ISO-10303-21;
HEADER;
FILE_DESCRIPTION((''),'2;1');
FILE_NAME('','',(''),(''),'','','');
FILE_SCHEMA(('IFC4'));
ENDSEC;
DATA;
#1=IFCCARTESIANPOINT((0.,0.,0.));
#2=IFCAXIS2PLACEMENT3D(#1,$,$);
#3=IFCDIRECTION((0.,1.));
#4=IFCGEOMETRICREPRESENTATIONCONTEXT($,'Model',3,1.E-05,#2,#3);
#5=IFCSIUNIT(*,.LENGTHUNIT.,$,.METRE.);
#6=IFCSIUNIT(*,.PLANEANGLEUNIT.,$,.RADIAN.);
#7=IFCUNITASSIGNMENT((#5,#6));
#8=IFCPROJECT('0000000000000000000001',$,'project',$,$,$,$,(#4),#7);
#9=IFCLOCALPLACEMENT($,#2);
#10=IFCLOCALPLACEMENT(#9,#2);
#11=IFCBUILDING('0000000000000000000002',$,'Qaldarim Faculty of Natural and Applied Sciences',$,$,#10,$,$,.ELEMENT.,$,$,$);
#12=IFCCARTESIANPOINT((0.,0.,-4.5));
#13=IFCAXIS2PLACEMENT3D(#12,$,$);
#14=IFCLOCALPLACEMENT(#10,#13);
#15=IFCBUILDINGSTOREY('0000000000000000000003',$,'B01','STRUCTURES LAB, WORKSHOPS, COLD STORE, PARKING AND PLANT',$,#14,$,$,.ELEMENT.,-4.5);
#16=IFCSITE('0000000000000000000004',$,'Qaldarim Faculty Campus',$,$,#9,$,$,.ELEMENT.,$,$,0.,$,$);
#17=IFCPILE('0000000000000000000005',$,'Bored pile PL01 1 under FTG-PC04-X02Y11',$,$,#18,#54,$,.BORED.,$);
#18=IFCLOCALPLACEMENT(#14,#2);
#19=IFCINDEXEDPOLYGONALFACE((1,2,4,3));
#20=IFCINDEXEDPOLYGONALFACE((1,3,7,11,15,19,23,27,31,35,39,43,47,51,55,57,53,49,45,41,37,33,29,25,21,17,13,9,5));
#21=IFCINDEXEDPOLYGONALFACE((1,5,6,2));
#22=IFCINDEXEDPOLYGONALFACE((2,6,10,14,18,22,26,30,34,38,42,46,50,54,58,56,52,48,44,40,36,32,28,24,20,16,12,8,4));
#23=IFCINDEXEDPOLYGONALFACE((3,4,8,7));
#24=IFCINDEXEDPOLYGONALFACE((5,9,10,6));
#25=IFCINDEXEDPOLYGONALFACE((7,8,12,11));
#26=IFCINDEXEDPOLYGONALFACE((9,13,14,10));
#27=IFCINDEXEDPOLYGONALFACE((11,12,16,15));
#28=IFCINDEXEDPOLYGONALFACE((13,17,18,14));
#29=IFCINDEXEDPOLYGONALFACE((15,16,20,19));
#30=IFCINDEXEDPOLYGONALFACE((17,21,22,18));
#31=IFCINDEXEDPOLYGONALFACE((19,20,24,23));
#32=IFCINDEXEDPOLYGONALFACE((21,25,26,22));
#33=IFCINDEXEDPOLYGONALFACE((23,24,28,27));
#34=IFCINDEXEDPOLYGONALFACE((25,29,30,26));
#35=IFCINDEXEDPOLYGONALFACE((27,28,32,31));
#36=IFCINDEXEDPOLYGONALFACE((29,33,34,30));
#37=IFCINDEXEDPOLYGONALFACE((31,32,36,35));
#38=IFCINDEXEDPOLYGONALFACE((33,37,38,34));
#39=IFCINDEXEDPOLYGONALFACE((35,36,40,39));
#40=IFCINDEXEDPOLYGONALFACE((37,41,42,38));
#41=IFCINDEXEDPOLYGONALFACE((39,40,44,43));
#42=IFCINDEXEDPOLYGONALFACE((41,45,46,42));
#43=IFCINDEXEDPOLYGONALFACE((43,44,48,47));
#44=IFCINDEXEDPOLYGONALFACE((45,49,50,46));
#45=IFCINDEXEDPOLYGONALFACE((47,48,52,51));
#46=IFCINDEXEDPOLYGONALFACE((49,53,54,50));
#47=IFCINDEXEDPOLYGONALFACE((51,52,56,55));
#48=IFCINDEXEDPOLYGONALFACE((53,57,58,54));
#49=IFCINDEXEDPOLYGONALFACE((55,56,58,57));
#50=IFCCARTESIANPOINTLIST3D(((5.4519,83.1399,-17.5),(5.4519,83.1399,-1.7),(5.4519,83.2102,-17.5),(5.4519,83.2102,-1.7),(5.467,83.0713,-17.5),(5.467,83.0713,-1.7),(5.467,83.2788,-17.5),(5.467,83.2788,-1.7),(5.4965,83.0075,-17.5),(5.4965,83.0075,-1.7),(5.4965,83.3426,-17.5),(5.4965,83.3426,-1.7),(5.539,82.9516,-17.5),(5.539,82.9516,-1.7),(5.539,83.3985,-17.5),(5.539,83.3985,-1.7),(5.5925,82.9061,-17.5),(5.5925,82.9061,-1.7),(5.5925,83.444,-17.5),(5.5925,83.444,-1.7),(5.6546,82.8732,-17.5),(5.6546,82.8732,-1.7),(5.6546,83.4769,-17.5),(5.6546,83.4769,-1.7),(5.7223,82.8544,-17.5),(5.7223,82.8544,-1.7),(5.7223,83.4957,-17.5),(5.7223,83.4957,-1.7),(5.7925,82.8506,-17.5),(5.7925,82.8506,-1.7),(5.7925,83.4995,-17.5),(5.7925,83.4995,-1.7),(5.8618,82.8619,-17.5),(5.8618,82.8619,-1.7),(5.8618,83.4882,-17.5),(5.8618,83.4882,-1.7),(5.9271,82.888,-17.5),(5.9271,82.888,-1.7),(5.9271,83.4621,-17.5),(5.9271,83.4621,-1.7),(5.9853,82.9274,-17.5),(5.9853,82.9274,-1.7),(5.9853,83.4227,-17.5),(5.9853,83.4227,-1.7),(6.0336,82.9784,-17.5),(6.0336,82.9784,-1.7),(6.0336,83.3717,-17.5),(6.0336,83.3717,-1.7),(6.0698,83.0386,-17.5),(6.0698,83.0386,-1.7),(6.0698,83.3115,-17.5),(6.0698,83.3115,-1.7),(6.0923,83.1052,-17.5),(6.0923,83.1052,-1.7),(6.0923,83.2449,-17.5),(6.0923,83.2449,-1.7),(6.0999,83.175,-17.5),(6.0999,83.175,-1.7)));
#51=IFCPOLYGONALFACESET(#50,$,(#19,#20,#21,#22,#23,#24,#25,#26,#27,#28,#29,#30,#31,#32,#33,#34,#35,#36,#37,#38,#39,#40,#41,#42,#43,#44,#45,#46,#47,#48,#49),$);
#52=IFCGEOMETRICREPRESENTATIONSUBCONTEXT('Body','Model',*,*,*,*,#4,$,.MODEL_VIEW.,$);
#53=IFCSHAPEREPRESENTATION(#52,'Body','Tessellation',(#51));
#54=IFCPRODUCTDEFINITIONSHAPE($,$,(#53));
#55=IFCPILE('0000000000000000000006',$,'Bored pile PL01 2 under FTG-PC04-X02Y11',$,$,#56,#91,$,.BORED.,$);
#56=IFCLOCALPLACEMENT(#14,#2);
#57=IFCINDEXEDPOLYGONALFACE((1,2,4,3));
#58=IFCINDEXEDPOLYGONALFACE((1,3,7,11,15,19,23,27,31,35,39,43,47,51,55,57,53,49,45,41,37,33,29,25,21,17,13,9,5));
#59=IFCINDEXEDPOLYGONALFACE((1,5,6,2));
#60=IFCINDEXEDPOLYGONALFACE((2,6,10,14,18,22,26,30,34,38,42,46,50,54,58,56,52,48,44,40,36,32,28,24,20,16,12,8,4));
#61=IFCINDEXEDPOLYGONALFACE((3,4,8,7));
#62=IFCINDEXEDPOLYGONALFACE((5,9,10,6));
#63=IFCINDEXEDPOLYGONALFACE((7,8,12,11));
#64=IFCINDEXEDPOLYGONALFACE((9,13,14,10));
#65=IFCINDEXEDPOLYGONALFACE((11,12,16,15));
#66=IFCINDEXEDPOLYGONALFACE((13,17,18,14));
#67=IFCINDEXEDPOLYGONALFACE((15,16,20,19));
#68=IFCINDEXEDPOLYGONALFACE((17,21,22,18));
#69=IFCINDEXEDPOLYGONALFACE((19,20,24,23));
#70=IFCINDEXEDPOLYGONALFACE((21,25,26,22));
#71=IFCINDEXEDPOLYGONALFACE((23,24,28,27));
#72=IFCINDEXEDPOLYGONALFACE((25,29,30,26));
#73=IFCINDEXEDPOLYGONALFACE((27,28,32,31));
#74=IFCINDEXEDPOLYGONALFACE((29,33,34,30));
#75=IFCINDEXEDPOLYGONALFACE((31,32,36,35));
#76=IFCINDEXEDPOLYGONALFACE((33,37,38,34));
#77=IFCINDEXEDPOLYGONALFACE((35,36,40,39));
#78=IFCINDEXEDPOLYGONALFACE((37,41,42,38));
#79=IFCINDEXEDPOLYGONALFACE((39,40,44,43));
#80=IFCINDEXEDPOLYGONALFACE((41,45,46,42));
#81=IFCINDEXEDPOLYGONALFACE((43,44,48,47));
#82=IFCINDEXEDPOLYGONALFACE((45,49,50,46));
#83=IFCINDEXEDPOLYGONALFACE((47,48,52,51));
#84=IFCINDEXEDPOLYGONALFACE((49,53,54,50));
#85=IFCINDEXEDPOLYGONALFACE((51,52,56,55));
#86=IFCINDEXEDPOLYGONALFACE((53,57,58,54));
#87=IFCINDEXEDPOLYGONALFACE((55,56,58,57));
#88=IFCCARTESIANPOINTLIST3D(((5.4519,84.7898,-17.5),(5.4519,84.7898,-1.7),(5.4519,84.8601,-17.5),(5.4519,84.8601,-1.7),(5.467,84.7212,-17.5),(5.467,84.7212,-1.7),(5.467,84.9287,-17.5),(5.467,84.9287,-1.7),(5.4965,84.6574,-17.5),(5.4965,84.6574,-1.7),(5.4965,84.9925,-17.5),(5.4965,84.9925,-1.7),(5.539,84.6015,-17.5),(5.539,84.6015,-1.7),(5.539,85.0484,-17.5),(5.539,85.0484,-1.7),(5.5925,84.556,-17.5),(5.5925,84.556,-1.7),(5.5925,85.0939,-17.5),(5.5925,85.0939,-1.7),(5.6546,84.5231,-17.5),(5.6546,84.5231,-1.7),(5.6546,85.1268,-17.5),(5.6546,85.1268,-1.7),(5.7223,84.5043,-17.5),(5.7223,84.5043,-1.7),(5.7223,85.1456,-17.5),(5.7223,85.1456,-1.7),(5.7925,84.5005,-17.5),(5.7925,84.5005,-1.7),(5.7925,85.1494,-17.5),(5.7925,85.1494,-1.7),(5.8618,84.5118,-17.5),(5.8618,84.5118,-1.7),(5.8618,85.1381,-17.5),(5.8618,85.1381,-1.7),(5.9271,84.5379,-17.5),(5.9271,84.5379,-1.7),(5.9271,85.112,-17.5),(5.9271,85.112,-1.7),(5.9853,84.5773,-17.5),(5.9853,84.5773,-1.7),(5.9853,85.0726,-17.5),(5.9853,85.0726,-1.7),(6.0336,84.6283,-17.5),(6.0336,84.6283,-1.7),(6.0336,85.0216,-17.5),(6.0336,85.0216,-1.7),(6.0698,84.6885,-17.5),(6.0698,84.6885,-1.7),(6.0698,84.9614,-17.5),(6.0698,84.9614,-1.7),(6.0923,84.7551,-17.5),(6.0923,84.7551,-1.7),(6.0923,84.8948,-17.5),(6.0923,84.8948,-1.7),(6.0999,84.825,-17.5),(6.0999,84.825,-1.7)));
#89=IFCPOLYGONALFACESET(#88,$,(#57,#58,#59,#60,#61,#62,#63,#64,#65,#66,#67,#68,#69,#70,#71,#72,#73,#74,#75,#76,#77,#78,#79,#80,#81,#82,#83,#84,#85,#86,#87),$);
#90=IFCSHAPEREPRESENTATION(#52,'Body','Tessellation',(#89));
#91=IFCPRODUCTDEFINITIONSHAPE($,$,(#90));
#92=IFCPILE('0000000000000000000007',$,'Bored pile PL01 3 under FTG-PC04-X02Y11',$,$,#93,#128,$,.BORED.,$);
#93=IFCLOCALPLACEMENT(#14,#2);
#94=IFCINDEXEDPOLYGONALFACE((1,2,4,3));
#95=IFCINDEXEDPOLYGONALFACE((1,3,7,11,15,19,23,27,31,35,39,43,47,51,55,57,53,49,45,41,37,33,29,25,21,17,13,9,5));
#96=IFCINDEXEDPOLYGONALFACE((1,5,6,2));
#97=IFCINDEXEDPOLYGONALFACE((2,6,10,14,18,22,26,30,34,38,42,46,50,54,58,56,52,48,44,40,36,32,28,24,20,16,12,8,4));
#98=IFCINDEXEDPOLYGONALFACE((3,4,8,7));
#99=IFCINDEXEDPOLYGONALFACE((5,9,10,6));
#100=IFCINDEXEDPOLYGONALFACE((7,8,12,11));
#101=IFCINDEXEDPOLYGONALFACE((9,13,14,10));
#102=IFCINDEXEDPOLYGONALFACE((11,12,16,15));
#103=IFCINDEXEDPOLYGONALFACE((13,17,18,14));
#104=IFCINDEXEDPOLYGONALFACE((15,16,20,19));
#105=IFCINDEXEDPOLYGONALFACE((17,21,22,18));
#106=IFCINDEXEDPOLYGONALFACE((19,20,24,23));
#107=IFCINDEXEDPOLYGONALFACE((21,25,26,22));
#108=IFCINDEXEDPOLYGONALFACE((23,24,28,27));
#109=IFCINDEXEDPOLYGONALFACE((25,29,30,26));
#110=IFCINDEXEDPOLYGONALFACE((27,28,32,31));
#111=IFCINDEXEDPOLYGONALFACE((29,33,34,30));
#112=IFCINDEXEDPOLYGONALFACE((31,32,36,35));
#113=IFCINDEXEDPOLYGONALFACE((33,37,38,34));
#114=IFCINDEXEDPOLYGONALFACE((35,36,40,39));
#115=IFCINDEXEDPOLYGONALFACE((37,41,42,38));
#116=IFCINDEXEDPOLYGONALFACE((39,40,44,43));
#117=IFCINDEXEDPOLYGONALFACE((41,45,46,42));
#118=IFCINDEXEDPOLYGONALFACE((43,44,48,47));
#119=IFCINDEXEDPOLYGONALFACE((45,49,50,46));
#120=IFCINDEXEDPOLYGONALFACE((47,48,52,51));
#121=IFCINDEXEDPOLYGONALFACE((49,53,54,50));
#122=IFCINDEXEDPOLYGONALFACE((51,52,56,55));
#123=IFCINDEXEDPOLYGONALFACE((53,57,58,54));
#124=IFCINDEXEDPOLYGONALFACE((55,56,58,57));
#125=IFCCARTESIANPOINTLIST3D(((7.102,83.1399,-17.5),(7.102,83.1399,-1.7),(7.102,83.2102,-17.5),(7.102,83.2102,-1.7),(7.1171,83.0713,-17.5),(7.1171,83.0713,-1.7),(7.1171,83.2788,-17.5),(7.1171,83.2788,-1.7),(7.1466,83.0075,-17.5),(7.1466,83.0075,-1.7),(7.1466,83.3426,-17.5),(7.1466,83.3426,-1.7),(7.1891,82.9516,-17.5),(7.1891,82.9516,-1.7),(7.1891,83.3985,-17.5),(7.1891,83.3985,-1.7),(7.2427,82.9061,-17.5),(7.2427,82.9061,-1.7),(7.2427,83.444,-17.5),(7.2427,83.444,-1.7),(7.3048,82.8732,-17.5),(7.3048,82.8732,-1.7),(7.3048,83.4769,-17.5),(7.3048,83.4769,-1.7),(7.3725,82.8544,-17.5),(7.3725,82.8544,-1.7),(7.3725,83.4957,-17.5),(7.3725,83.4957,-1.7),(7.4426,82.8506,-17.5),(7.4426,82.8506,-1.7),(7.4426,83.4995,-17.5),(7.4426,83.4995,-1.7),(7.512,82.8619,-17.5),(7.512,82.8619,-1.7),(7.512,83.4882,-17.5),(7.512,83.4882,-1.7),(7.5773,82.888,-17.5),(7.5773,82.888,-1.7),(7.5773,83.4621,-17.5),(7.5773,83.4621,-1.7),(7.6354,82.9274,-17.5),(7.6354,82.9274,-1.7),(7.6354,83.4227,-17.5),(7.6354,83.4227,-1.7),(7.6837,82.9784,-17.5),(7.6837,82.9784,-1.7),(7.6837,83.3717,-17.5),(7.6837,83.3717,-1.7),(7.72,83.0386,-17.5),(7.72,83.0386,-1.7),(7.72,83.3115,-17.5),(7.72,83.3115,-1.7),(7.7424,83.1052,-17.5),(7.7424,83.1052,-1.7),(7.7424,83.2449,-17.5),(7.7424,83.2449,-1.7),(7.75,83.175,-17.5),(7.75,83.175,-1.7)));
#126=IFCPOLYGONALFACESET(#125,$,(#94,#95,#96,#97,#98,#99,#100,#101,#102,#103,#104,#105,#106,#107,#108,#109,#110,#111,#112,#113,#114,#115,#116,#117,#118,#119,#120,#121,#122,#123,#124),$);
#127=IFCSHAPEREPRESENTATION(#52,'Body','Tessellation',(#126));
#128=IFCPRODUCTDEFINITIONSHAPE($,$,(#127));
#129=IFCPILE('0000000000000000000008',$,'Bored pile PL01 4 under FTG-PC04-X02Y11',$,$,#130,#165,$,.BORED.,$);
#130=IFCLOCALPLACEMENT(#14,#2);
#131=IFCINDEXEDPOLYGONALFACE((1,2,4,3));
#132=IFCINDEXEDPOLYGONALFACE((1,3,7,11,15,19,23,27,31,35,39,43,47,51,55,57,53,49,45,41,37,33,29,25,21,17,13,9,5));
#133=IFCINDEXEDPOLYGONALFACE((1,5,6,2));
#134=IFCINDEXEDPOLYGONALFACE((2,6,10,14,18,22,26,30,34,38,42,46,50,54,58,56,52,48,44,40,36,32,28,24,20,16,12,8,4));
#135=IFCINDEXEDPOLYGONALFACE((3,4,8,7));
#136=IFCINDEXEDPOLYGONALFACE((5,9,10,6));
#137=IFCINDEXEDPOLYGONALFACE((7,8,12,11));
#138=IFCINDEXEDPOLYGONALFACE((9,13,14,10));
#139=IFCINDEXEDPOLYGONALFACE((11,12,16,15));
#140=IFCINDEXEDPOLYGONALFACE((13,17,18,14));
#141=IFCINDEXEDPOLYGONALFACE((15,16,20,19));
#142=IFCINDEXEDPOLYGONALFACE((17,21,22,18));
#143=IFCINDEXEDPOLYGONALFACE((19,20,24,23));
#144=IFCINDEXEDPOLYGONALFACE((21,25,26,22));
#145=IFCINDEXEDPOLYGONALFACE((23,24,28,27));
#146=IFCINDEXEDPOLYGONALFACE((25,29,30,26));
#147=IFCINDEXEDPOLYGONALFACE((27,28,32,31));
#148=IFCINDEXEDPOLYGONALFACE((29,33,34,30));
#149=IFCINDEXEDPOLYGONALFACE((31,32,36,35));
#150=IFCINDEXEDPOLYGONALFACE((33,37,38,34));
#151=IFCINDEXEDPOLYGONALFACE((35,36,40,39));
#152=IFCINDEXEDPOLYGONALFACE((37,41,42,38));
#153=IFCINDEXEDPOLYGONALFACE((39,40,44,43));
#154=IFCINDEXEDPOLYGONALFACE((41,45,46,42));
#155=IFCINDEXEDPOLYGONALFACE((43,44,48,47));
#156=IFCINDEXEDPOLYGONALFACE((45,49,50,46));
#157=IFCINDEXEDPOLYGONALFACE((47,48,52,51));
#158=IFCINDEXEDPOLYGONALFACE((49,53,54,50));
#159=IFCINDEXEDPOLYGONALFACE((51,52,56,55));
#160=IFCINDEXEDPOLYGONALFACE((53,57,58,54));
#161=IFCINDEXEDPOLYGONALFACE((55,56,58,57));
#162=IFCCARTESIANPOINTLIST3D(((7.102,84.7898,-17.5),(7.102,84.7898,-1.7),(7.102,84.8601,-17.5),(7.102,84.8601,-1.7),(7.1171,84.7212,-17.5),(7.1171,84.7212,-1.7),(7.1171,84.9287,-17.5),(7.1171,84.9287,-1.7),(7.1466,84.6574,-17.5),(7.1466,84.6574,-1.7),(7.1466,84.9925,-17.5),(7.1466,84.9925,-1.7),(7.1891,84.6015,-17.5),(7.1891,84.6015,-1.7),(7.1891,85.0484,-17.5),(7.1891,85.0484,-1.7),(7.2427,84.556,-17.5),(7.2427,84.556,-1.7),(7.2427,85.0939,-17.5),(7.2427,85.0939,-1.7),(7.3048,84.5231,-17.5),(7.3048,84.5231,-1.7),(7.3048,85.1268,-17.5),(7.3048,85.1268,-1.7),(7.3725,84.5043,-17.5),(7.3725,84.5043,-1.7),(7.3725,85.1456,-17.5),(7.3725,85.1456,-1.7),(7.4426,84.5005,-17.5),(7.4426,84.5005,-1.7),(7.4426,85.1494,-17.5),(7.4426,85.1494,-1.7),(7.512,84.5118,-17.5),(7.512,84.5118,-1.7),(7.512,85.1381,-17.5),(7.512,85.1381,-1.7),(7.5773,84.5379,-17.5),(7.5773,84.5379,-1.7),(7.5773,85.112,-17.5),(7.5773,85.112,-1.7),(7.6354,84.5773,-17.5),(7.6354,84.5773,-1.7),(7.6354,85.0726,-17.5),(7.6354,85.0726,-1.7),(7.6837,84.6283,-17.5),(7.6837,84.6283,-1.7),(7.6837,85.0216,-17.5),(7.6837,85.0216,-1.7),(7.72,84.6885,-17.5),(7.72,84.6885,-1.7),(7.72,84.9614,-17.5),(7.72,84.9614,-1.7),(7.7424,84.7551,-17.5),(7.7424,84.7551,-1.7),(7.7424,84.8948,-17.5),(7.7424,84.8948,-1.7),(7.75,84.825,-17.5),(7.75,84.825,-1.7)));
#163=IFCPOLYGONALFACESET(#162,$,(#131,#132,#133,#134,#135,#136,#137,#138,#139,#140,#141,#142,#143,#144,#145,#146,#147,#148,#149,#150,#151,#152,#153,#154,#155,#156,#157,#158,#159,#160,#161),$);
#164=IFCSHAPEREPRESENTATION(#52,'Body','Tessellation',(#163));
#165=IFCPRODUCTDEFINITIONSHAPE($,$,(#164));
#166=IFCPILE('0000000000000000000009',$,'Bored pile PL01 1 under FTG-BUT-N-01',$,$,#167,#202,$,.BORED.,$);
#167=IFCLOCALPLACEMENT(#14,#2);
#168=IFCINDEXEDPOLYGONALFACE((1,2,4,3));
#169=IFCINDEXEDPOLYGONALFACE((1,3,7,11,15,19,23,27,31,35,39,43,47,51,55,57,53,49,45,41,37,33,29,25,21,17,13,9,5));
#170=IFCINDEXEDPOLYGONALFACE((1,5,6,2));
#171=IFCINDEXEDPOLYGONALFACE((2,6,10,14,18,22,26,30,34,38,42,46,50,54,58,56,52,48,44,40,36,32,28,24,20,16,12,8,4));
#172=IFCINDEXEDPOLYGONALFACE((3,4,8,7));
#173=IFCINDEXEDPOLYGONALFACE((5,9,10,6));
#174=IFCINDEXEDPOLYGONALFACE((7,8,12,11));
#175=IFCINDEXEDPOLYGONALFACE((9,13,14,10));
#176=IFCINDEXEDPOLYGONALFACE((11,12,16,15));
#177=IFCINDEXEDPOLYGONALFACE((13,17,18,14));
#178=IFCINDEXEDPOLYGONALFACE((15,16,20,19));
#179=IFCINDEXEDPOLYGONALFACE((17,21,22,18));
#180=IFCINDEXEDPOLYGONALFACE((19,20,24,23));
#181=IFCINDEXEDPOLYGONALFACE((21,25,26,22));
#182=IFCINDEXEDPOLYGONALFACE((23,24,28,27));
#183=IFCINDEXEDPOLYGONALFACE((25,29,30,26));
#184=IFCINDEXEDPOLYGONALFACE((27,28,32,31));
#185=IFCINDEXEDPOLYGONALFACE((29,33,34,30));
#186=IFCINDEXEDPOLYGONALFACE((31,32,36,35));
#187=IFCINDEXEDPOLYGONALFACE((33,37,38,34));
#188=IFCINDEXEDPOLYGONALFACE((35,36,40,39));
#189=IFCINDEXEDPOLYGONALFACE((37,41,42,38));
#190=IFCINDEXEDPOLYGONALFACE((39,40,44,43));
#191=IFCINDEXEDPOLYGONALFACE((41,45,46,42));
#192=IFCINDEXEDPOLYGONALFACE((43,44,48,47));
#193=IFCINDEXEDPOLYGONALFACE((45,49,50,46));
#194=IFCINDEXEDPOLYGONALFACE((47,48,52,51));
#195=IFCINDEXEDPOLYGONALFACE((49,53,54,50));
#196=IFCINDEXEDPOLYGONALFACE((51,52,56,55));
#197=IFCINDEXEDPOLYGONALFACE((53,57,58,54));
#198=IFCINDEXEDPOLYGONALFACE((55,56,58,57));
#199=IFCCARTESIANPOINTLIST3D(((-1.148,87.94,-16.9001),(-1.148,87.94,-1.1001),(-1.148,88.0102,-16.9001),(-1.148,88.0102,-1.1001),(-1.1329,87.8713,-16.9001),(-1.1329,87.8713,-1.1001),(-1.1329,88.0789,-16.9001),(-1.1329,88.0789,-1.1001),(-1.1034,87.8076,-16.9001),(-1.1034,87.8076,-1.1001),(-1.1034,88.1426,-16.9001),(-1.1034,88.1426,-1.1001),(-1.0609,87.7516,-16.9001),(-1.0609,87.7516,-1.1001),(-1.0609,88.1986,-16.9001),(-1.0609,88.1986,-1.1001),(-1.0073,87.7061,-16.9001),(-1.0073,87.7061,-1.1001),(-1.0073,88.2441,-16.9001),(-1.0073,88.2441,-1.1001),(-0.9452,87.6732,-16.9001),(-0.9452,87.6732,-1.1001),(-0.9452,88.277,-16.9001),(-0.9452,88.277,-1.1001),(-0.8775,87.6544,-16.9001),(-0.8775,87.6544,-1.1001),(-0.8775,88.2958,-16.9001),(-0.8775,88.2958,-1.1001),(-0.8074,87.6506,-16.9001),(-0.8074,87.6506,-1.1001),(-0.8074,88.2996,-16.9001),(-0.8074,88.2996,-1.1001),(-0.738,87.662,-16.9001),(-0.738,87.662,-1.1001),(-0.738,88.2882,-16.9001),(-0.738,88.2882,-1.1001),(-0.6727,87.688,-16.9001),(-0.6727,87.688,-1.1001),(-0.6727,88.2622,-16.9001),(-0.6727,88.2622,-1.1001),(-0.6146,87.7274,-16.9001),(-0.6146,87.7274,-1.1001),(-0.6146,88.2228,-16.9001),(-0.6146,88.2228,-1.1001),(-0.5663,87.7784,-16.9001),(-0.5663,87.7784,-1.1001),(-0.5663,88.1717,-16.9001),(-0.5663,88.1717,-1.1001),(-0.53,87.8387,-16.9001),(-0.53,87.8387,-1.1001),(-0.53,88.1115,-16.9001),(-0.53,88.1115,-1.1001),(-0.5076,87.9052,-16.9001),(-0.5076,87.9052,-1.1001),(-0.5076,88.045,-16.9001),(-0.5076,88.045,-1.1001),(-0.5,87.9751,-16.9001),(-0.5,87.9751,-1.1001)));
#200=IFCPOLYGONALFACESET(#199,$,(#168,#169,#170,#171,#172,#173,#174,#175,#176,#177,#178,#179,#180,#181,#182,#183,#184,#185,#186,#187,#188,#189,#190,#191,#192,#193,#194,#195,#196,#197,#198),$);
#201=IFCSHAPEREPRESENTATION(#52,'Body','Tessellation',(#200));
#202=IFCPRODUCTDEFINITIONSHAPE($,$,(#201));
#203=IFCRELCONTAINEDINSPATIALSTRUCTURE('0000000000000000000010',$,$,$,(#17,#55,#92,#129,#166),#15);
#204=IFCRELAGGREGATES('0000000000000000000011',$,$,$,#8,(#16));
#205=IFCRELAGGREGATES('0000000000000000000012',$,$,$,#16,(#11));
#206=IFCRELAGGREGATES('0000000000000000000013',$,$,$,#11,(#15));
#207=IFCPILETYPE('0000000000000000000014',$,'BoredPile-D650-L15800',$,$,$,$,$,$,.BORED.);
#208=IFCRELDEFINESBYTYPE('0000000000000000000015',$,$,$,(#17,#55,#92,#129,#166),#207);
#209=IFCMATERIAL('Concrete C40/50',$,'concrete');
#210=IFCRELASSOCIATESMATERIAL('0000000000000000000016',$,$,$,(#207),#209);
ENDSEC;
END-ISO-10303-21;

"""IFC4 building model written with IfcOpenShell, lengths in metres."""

from ifc_helpers import new_model, si_unit, direction, frame, origin, origin_2d, place, context, subcontext, project, spatial, circle, extrude, material, material_profile, profile_set, type_object, element, save


model = new_model("IFC4")

# Units and contexts
model_context = context("Model", 3, precision=1e-05, world=origin(), true_north=direction((0.0, 1.0)))
body_context = subcontext(model_context, "Body", "Model", "MODEL_VIEW")
ifc_project = project(units=[si_unit("LENGTHUNIT", "METRE"), si_unit("PLANEANGLEUNIT", "RADIAN")], contexts=[model_context])

# Site, building, storey
site_placement = place(None, origin())
site = spatial("IfcSite", under=ifc_project, at=site_placement, Name="Qaldarim Faculty Campus", CompositionType="ELEMENT", RefElevation=0.0)
building_placement = place(site_placement, origin())
building = spatial("IfcBuilding", under=site, at=building_placement, Name="Qaldarim Faculty of Natural and Applied Sciences", CompositionType="ELEMENT")
storey_placement = place(building_placement, frame((0.0, 0.0, -4.5)))
storey = spatial("IfcBuildingStorey", under=building, at=storey_placement, Name="B01", Description="STRUCTURES LAB, WORKSHOPS, COLD STORE, PARKING AND PLANT", CompositionType="ELEMENT", Elevation=-4.5)

# Piles
ifc_material_1 = material(Name="Concrete C40/50", Category="concrete")
ifc_material_profile_1 = material_profile(ifc_material_1, circle(Radius=0.325, at=origin_2d()), Name="PILE-D650")
ifc_profile_set_1 = profile_set([ifc_material_profile_1], Name="Concrete C40/50")
pile_type_1 = type_object("IfcPileType", Name="BoredPile-D650-L15800", PredefinedType="BORED", material=ifc_profile_set_1)
for number, where, z_axis, x_axis, name in (
    (1, (5.7749, 83.175, -1.7), (0.0, 0.0, -1.0), (1.0, 0.0, 0.0), "Bored pile PL01 1 under FTG-PC04-X02Y11"),
    (2, (5.7749, 84.825, -1.7), (0.0, 0.0, -1.0), (1.0, 0.0, 0.0), "Bored pile PL01 2 under FTG-PC04-X02Y11"),
    (3, (7.425, 83.175, -1.7), (0.0, 0.0, -1.0), (1.0, 0.0, 0.0), "Bored pile PL01 3 under FTG-PC04-X02Y11"),
    (4, (7.425, 84.825, -1.7), (0.0, 0.0, -1.0), (1.0, 0.0, 0.0), "Bored pile PL01 4 under FTG-PC04-X02Y11"),
    (5, (-0.825, 87.9751, -1.1001), (0.0, 0.0, -1.0), (1.0, 0.0, 0.0), "Bored pile PL01 1 under FTG-BUT-N-01"),
):
    element("IfcPile", number, at=place(storey_placement, frame(where, z_axis=z_axis, x_axis=x_axis)), inside=storey, type_object=pile_type_1, Name=name, PredefinedType="BORED", context=body_context, shape_type="SweptSolid", body=[
        extrude(circle(Radius=0.325, at=origin_2d()), origin(), (0.0, 0.0, 1.0), 15.8),
    ])

save(model, "model.ifc")
